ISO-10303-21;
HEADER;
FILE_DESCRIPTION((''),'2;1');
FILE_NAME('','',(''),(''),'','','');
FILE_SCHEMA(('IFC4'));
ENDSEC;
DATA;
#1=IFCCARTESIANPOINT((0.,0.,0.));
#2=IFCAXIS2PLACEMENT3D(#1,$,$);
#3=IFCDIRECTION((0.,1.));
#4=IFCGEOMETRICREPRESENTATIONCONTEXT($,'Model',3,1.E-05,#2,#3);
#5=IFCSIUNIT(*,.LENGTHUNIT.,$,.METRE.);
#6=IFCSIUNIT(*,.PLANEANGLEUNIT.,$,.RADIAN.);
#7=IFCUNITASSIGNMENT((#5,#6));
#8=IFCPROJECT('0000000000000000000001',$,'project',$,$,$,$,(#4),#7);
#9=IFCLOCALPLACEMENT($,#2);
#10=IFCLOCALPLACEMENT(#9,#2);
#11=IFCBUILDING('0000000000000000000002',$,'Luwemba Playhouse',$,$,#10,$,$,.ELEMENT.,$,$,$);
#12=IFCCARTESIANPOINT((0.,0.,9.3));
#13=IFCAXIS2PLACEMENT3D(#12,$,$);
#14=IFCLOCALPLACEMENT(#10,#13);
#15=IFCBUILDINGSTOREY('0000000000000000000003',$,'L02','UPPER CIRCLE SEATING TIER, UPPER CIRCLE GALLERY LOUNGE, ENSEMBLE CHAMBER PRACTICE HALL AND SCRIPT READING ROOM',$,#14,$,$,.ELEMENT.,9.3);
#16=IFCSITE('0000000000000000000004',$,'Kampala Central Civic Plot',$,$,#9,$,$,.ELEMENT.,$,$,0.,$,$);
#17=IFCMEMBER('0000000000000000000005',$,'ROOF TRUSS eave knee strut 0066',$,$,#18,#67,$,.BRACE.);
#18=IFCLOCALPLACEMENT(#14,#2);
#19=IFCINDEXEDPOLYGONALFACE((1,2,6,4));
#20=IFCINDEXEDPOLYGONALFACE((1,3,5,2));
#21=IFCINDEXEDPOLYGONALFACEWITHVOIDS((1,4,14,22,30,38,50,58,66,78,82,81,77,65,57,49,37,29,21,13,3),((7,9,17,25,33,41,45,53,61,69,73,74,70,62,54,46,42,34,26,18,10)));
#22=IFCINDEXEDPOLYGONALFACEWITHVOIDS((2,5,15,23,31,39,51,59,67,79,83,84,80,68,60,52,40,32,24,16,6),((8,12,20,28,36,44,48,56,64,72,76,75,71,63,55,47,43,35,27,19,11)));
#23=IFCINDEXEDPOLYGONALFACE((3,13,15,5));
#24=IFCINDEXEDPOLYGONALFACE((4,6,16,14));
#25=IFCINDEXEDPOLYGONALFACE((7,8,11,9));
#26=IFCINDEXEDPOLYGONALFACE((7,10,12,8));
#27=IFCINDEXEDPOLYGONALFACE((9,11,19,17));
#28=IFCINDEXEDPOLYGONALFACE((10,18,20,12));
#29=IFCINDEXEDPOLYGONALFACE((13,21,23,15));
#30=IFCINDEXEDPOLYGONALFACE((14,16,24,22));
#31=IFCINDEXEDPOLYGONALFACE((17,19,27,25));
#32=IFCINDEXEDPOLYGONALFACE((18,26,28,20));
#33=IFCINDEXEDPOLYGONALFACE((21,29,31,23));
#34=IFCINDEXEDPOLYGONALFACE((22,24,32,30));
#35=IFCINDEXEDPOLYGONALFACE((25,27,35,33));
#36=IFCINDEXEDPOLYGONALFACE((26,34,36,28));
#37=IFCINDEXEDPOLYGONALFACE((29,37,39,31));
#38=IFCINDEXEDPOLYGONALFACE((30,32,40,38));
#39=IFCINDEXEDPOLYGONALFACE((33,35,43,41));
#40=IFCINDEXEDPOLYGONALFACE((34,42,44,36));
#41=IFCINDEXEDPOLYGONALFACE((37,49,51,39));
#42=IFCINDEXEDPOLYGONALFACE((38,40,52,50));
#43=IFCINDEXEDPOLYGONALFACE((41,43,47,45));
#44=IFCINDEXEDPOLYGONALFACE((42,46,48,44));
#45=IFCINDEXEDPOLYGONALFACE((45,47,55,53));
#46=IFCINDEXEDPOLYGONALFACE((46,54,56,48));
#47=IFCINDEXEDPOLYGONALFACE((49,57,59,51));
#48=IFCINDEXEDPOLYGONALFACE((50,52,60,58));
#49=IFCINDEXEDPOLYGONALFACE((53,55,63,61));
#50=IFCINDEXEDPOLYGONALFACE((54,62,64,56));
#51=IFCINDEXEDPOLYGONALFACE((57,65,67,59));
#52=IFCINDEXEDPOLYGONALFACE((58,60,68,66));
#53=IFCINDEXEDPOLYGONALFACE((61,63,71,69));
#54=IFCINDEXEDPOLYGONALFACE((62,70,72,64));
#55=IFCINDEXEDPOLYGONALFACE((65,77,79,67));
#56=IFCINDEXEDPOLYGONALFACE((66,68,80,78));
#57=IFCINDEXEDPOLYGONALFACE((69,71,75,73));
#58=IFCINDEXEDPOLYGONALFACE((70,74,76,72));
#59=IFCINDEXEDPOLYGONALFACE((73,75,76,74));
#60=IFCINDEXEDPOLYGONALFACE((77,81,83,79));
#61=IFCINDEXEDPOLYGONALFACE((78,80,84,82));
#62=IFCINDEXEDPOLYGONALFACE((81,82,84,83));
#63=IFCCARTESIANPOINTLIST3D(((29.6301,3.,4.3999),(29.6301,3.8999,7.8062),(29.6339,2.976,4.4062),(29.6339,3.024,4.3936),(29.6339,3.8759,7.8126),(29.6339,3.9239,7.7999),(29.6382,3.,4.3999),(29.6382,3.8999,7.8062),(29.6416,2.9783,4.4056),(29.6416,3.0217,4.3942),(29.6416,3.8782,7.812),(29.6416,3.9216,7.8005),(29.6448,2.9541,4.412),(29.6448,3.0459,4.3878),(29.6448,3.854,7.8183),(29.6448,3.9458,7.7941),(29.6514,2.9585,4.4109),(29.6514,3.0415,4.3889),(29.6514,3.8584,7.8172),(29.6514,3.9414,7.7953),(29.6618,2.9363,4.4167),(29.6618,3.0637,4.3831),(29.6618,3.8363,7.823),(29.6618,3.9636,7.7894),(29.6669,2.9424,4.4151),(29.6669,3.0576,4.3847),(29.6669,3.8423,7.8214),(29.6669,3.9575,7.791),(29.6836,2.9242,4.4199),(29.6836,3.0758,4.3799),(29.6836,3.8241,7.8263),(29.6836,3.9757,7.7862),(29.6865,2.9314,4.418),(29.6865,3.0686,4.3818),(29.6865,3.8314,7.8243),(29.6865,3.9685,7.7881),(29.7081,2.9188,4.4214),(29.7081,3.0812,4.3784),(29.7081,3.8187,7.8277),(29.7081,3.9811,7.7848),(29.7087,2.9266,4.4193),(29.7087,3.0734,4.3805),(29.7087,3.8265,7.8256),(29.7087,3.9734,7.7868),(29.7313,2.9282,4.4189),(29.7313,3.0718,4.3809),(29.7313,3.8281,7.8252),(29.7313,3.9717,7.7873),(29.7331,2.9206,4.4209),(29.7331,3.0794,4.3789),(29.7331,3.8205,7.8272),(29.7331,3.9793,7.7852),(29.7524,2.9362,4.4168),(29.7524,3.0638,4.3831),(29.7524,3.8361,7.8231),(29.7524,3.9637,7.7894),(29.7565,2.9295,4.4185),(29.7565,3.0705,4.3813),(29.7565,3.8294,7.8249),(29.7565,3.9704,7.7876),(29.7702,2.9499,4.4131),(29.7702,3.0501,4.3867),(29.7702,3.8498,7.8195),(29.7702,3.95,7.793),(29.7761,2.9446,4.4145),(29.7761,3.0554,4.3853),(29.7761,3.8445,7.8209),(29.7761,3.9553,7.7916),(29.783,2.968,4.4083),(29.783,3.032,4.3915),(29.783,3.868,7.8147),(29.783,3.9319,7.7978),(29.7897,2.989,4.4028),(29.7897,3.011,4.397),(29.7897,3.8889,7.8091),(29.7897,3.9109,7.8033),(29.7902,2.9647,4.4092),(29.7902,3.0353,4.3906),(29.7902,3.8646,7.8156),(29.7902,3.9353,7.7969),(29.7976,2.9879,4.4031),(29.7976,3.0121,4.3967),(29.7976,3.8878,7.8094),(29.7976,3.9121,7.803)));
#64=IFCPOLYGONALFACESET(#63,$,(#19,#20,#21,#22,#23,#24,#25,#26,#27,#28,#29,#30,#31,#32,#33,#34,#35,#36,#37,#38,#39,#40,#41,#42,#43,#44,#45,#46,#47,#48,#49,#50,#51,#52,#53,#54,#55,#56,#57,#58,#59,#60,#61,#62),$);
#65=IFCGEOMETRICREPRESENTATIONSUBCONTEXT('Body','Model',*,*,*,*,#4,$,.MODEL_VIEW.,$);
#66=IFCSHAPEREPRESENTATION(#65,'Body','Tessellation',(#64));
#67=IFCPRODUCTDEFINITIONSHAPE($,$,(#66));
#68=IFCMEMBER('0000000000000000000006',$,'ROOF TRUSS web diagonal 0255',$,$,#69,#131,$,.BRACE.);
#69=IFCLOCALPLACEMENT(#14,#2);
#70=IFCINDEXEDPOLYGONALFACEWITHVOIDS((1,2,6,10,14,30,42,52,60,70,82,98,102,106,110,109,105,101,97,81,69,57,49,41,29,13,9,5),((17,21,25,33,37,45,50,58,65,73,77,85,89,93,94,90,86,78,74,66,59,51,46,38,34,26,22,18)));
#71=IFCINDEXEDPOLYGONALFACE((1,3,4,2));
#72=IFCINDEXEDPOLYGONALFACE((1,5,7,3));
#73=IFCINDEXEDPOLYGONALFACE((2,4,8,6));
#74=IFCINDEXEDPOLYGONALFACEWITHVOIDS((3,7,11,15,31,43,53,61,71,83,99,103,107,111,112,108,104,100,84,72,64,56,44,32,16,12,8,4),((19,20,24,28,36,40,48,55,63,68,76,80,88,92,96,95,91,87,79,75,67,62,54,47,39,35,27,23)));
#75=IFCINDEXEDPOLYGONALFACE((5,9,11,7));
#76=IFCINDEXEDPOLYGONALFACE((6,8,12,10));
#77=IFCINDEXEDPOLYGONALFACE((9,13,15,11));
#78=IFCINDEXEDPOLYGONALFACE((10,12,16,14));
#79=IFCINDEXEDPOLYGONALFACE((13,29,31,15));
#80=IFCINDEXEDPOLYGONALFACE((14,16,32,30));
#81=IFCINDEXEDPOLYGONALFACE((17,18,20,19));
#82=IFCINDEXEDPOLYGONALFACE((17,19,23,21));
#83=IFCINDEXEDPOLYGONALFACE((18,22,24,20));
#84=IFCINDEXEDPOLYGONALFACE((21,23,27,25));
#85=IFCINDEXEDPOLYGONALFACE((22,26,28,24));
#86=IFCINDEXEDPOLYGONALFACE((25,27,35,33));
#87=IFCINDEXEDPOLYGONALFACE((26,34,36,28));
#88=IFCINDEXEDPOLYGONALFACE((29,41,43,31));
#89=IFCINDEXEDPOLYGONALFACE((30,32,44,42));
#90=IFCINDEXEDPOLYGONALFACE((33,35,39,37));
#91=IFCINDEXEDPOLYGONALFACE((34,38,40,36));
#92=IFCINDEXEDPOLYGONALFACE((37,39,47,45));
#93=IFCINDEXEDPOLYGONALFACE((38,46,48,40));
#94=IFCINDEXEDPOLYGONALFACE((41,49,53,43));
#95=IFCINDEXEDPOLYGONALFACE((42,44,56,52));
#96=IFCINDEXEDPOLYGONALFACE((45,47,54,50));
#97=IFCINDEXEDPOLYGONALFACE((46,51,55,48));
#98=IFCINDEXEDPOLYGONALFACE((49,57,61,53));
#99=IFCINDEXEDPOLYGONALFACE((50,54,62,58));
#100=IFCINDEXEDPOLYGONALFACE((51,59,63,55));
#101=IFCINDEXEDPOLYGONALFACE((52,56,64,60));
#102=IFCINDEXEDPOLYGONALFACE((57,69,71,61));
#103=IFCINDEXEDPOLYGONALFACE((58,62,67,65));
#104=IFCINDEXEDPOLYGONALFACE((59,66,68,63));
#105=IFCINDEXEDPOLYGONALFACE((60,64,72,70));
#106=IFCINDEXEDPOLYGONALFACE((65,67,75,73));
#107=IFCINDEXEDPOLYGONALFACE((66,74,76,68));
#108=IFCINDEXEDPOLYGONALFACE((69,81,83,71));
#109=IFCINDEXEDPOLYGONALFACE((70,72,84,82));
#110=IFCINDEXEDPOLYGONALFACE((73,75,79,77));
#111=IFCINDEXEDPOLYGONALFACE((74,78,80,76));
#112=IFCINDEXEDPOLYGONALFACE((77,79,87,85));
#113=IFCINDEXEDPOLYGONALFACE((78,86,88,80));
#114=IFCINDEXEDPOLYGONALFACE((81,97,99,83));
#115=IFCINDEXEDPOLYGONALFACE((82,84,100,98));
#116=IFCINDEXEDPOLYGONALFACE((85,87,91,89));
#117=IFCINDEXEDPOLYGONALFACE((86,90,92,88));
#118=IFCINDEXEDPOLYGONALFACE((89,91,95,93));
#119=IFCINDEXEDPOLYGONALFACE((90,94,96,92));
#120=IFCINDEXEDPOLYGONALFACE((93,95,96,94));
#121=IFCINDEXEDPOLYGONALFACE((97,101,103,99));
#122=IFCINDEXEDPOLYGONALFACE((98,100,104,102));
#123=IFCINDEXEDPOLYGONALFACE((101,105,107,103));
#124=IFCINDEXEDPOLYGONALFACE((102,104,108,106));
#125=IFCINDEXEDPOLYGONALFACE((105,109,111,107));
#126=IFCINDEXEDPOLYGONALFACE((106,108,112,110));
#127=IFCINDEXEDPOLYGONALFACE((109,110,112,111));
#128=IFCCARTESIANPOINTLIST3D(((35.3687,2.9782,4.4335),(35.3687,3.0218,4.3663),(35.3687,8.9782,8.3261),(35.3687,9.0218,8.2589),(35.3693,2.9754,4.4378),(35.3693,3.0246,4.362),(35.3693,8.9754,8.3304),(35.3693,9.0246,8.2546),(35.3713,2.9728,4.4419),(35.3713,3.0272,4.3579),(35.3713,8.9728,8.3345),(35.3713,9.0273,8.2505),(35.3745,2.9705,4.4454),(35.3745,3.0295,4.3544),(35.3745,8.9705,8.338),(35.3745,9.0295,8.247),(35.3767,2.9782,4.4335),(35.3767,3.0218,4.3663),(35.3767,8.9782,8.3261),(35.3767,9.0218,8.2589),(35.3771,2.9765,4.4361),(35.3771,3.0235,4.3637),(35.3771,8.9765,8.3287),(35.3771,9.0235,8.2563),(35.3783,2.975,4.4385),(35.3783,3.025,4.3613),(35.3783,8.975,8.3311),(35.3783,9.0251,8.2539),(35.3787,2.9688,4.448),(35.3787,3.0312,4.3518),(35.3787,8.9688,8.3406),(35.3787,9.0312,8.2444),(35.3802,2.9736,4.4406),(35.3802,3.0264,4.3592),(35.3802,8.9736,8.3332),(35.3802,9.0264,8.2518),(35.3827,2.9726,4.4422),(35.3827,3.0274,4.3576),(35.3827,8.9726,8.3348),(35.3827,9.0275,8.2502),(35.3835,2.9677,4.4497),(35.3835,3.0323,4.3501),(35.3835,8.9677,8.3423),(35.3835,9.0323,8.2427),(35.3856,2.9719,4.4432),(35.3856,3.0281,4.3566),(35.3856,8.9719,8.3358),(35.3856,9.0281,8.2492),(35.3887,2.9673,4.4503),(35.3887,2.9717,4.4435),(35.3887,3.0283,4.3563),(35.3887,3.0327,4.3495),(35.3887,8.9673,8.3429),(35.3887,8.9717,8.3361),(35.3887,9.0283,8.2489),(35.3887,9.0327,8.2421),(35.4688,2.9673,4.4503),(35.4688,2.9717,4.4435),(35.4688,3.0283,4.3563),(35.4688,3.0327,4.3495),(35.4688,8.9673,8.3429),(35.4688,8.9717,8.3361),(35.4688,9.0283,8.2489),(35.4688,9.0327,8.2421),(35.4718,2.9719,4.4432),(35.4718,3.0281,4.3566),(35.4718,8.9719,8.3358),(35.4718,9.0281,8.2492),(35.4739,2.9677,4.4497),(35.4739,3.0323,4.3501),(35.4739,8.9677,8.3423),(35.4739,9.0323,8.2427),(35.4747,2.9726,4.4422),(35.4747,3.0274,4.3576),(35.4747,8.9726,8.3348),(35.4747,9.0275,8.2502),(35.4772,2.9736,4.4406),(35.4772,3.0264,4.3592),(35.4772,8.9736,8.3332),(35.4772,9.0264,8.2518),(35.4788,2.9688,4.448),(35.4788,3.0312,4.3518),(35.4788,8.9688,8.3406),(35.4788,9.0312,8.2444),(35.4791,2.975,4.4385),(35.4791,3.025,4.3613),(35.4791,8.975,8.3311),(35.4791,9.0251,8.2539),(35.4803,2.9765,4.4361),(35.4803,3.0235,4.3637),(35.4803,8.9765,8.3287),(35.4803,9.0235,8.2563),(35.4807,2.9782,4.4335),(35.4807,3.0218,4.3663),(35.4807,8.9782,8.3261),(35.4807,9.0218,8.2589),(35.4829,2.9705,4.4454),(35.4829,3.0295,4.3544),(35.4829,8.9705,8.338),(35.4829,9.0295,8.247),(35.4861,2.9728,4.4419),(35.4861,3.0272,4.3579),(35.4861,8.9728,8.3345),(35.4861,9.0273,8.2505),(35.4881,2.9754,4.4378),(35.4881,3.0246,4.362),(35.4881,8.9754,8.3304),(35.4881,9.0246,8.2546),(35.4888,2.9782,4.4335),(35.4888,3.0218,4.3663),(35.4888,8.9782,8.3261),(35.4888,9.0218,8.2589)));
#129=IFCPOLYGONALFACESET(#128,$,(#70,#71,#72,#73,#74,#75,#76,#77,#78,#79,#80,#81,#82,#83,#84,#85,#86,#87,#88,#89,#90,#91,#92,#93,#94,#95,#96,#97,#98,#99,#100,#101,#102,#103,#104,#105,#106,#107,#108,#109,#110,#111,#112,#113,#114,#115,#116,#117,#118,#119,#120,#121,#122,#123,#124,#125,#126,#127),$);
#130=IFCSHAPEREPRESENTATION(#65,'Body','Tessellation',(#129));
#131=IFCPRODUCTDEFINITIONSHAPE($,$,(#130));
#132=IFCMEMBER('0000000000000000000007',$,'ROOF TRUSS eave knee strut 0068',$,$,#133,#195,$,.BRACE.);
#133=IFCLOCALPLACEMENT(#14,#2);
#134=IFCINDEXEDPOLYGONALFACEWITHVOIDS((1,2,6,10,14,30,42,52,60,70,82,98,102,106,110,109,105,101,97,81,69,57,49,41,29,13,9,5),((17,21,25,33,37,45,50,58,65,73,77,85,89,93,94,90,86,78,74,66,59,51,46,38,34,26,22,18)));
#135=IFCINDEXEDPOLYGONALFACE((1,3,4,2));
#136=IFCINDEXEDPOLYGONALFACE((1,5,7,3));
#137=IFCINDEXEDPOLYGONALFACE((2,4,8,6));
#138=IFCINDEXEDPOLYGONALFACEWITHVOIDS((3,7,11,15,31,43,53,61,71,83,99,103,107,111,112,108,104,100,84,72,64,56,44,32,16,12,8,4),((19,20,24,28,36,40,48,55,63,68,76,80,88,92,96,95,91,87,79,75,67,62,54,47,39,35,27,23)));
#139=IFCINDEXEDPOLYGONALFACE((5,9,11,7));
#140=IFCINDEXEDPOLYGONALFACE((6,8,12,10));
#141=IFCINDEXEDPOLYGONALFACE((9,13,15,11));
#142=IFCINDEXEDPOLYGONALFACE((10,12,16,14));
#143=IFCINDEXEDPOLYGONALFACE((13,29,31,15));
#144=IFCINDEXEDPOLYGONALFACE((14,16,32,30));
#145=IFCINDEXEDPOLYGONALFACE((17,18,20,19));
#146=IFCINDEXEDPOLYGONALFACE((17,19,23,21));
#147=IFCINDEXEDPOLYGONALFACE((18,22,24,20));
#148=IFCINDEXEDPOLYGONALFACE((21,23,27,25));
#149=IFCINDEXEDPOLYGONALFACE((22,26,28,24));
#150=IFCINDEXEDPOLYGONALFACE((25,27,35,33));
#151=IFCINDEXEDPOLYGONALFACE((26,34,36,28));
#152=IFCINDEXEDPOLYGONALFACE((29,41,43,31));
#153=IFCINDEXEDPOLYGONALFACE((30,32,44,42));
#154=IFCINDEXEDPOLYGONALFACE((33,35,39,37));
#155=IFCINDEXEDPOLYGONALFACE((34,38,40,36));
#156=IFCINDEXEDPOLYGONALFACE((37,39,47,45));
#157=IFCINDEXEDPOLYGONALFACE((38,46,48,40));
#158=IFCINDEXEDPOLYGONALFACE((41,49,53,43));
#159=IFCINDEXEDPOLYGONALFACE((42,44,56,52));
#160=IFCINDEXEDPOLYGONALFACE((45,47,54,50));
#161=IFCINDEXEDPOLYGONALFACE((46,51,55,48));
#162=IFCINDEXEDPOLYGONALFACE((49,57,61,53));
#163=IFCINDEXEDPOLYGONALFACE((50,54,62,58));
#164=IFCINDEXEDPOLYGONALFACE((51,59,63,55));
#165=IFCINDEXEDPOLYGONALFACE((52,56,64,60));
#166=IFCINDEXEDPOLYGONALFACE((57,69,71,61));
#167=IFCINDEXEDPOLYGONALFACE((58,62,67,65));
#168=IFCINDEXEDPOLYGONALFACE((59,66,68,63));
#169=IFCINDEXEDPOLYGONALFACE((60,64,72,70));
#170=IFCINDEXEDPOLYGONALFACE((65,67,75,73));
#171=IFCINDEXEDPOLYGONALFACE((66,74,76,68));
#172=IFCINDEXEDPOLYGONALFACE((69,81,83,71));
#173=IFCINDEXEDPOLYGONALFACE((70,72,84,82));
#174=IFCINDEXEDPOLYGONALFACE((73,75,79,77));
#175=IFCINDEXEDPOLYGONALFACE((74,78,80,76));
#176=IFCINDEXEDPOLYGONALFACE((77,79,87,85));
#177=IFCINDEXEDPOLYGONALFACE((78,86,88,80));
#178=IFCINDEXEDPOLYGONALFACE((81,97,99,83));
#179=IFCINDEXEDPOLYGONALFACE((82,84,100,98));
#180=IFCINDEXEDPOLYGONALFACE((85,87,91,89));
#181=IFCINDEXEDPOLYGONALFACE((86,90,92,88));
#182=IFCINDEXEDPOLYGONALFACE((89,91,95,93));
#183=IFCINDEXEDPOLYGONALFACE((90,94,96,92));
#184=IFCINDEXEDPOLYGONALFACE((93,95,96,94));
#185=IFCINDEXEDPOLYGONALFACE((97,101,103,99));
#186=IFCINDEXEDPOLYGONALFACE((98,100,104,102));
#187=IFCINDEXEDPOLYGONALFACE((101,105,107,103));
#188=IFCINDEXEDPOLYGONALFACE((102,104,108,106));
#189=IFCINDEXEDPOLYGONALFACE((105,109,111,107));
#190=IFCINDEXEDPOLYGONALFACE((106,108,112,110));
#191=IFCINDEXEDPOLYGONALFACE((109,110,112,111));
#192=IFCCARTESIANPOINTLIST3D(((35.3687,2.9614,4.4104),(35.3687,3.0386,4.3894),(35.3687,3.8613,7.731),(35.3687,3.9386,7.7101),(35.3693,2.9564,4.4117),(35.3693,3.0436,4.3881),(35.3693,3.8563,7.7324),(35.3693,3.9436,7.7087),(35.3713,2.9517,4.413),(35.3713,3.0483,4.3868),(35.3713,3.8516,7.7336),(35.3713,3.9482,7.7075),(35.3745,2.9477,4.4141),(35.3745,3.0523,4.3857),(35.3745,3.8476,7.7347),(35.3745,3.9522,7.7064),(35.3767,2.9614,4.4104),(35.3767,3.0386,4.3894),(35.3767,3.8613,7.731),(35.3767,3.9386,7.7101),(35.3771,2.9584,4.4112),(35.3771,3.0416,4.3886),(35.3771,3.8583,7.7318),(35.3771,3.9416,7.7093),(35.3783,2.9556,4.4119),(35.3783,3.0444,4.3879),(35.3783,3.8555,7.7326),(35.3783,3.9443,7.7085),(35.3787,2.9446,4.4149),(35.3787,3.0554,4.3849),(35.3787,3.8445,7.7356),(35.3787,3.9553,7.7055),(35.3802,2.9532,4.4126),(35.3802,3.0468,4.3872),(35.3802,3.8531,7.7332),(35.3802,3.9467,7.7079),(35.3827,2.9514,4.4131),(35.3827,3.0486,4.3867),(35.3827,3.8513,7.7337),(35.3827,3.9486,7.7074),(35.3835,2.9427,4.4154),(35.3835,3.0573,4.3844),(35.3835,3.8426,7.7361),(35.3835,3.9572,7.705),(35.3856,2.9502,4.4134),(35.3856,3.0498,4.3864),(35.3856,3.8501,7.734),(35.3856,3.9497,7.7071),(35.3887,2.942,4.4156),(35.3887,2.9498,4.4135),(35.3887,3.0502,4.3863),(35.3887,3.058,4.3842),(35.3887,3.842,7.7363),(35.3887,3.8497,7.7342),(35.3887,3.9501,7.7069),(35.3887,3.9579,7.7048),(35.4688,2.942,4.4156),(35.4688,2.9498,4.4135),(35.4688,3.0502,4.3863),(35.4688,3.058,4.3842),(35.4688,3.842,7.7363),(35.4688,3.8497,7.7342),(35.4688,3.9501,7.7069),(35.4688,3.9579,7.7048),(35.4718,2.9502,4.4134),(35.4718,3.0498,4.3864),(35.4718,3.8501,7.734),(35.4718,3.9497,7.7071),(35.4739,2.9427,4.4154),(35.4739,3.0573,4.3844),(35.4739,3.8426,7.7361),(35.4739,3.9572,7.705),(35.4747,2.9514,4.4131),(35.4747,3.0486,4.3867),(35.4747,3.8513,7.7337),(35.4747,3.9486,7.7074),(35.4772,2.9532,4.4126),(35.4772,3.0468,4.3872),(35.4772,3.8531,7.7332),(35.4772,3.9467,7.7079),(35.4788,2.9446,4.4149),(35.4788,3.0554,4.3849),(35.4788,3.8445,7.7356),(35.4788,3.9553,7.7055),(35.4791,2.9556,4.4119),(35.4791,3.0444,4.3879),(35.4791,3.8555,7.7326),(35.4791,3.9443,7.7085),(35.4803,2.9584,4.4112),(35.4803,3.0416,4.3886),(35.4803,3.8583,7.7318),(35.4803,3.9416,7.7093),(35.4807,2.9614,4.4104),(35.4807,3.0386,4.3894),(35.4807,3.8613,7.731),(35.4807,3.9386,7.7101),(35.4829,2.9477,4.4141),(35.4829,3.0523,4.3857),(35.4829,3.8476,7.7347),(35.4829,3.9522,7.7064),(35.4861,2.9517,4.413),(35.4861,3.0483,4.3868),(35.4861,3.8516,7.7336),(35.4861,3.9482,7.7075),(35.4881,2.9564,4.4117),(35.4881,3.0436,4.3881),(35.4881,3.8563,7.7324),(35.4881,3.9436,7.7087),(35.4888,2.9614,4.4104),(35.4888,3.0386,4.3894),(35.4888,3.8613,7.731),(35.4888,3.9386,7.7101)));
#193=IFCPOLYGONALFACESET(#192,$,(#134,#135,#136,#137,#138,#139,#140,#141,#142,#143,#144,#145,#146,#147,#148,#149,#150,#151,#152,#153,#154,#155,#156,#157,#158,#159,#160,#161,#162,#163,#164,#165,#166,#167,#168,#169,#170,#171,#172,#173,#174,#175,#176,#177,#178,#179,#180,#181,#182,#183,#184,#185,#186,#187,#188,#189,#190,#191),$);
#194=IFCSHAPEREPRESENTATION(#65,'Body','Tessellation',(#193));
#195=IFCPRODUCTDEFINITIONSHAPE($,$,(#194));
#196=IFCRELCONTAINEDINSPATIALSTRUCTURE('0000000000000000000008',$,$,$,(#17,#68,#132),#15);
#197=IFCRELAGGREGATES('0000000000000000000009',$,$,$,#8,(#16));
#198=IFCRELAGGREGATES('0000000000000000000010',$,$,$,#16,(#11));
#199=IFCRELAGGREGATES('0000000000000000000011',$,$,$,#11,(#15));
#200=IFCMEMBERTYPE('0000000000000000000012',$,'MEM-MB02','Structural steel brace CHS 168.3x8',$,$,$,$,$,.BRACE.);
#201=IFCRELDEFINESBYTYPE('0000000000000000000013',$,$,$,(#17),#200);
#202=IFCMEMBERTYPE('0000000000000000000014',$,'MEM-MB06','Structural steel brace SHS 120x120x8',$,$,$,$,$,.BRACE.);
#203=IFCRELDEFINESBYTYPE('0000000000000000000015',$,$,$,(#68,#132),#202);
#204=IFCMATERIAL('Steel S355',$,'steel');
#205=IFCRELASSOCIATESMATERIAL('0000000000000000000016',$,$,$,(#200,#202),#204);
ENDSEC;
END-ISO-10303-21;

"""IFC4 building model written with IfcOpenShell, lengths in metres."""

from ifc_helpers import new_model, si_unit, direction, frame, origin, origin_2d, place, context, subcontext, project, spatial, hollow_rectangle, hollow_circle, extrude, material, material_profile, profile_set, type_object, element, save


model = new_model("IFC4")

# Units and contexts
model_context = context("Model", 3, precision=1e-05, world=origin(), true_north=direction((0.0, 1.0)))
body_context = subcontext(model_context, "Body", "Model", "MODEL_VIEW")
ifc_project = project(units=[si_unit("LENGTHUNIT", "METRE"), si_unit("PLANEANGLEUNIT", "RADIAN")], contexts=[model_context])

# Site, building, storey
site_placement = place(None, origin())
site = spatial("IfcSite", under=ifc_project, at=site_placement, Name="Kampala Central Civic Plot", CompositionType="ELEMENT", RefElevation=0.0)
building_placement = place(site_placement, origin())
building = spatial("IfcBuilding", under=site, at=building_placement, Name="Luwemba Playhouse", CompositionType="ELEMENT")
storey_placement = place(building_placement, frame((0.0, 0.0, 9.3)))
storey = spatial("IfcBuildingStorey", under=building, at=storey_placement, Name="L02", Description="UPPER CIRCLE SEATING TIER, UPPER CIRCLE GALLERY LOUNGE, ENSEMBLE CHAMBER PRACTICE HALL AND SCRIPT READING ROOM", CompositionType="ELEMENT", Elevation=9.3)

# Shared definitions
ifc_material_1 = material(Name="Steel S355", Category="steel")

# Members
ifc_material_profile_1 = material_profile(ifc_material_1, hollow_circle(Radius=0.0842, WallThickness=0.0081, at=origin_2d()))
ifc_profile_set_1 = profile_set([ifc_material_profile_1], Name="Steel S355")
member_type_1 = type_object("IfcMemberType", Name="MEM-MB02", Description="Structural steel brace CHS 168.3x8", PredefinedType="BRACE", material=ifc_profile_set_1)
member_1_placement = place(storey_placement, frame((29.7144, 3.0, 4.3999), z_axis=(0.0, 0.255428, 0.966828), x_axis=(-1.0, 0.0, 0.0)))
element("IfcMember", 1, at=member_1_placement, inside=storey, type_object=member_type_1, Name="ROOF TRUSS eave knee strut 0066", PredefinedType="BRACE", context=body_context, shape_type="SweptSolid", body=[
    extrude(hollow_circle(Radius=0.0842, WallThickness=0.0081, at=origin_2d()), origin(), (0.0, 0.0, 1.0), 3.5232),
])
ifc_material_profile_2 = material_profile(ifc_material_1, hollow_rectangle(XDim=0.1201, YDim=0.1201, WallThickness=0.0081, InnerFilletRadius=0.012, OuterFilletRadius=0.02, at=origin_2d()))
ifc_profile_set_2 = profile_set([ifc_material_profile_2], Name="Steel S355")
member_type_2 = type_object("IfcMemberType", Name="MEM-MB06", Description="Structural steel brace SHS 120x120x8", PredefinedType="BRACE", material=ifc_profile_set_2)
member_2_placement = place(storey_placement, frame((35.4287, 3.0, 4.3999), z_axis=(0.0, 0.838917, 0.544259), x_axis=(-1.0, 0.0, 0.0)))
element("IfcMember", 2, at=member_2_placement, inside=storey, type_object=member_type_2, Name="ROOF TRUSS web diagonal 0255", PredefinedType="BRACE", context=body_context, shape_type="SweptSolid", body=[
    extrude(hollow_rectangle(XDim=0.1201, YDim=0.1201, WallThickness=0.0081, InnerFilletRadius=0.012, OuterFilletRadius=0.02, at=origin_2d()), origin(), (0.0, 0.0, 1.0), 7.1521),
])
member_3_placement = place(storey_placement, frame((35.4287, 3.0, 4.3999), z_axis=(0.0, 0.261574, 0.965183), x_axis=(-1.0, 0.0, 0.0)))
element("IfcMember", 3, at=member_3_placement, inside=storey, type_object=member_type_2, Name="ROOF TRUSS eave knee strut 0068", PredefinedType="BRACE", context=body_context, shape_type="SweptSolid", body=[
    extrude(hollow_rectangle(XDim=0.1201, YDim=0.1201, WallThickness=0.0081, InnerFilletRadius=0.012, OuterFilletRadius=0.02, at=origin_2d()), origin(), (0.0, 0.0, 1.0), 3.4404),
])

save(model, "model.ifc")
